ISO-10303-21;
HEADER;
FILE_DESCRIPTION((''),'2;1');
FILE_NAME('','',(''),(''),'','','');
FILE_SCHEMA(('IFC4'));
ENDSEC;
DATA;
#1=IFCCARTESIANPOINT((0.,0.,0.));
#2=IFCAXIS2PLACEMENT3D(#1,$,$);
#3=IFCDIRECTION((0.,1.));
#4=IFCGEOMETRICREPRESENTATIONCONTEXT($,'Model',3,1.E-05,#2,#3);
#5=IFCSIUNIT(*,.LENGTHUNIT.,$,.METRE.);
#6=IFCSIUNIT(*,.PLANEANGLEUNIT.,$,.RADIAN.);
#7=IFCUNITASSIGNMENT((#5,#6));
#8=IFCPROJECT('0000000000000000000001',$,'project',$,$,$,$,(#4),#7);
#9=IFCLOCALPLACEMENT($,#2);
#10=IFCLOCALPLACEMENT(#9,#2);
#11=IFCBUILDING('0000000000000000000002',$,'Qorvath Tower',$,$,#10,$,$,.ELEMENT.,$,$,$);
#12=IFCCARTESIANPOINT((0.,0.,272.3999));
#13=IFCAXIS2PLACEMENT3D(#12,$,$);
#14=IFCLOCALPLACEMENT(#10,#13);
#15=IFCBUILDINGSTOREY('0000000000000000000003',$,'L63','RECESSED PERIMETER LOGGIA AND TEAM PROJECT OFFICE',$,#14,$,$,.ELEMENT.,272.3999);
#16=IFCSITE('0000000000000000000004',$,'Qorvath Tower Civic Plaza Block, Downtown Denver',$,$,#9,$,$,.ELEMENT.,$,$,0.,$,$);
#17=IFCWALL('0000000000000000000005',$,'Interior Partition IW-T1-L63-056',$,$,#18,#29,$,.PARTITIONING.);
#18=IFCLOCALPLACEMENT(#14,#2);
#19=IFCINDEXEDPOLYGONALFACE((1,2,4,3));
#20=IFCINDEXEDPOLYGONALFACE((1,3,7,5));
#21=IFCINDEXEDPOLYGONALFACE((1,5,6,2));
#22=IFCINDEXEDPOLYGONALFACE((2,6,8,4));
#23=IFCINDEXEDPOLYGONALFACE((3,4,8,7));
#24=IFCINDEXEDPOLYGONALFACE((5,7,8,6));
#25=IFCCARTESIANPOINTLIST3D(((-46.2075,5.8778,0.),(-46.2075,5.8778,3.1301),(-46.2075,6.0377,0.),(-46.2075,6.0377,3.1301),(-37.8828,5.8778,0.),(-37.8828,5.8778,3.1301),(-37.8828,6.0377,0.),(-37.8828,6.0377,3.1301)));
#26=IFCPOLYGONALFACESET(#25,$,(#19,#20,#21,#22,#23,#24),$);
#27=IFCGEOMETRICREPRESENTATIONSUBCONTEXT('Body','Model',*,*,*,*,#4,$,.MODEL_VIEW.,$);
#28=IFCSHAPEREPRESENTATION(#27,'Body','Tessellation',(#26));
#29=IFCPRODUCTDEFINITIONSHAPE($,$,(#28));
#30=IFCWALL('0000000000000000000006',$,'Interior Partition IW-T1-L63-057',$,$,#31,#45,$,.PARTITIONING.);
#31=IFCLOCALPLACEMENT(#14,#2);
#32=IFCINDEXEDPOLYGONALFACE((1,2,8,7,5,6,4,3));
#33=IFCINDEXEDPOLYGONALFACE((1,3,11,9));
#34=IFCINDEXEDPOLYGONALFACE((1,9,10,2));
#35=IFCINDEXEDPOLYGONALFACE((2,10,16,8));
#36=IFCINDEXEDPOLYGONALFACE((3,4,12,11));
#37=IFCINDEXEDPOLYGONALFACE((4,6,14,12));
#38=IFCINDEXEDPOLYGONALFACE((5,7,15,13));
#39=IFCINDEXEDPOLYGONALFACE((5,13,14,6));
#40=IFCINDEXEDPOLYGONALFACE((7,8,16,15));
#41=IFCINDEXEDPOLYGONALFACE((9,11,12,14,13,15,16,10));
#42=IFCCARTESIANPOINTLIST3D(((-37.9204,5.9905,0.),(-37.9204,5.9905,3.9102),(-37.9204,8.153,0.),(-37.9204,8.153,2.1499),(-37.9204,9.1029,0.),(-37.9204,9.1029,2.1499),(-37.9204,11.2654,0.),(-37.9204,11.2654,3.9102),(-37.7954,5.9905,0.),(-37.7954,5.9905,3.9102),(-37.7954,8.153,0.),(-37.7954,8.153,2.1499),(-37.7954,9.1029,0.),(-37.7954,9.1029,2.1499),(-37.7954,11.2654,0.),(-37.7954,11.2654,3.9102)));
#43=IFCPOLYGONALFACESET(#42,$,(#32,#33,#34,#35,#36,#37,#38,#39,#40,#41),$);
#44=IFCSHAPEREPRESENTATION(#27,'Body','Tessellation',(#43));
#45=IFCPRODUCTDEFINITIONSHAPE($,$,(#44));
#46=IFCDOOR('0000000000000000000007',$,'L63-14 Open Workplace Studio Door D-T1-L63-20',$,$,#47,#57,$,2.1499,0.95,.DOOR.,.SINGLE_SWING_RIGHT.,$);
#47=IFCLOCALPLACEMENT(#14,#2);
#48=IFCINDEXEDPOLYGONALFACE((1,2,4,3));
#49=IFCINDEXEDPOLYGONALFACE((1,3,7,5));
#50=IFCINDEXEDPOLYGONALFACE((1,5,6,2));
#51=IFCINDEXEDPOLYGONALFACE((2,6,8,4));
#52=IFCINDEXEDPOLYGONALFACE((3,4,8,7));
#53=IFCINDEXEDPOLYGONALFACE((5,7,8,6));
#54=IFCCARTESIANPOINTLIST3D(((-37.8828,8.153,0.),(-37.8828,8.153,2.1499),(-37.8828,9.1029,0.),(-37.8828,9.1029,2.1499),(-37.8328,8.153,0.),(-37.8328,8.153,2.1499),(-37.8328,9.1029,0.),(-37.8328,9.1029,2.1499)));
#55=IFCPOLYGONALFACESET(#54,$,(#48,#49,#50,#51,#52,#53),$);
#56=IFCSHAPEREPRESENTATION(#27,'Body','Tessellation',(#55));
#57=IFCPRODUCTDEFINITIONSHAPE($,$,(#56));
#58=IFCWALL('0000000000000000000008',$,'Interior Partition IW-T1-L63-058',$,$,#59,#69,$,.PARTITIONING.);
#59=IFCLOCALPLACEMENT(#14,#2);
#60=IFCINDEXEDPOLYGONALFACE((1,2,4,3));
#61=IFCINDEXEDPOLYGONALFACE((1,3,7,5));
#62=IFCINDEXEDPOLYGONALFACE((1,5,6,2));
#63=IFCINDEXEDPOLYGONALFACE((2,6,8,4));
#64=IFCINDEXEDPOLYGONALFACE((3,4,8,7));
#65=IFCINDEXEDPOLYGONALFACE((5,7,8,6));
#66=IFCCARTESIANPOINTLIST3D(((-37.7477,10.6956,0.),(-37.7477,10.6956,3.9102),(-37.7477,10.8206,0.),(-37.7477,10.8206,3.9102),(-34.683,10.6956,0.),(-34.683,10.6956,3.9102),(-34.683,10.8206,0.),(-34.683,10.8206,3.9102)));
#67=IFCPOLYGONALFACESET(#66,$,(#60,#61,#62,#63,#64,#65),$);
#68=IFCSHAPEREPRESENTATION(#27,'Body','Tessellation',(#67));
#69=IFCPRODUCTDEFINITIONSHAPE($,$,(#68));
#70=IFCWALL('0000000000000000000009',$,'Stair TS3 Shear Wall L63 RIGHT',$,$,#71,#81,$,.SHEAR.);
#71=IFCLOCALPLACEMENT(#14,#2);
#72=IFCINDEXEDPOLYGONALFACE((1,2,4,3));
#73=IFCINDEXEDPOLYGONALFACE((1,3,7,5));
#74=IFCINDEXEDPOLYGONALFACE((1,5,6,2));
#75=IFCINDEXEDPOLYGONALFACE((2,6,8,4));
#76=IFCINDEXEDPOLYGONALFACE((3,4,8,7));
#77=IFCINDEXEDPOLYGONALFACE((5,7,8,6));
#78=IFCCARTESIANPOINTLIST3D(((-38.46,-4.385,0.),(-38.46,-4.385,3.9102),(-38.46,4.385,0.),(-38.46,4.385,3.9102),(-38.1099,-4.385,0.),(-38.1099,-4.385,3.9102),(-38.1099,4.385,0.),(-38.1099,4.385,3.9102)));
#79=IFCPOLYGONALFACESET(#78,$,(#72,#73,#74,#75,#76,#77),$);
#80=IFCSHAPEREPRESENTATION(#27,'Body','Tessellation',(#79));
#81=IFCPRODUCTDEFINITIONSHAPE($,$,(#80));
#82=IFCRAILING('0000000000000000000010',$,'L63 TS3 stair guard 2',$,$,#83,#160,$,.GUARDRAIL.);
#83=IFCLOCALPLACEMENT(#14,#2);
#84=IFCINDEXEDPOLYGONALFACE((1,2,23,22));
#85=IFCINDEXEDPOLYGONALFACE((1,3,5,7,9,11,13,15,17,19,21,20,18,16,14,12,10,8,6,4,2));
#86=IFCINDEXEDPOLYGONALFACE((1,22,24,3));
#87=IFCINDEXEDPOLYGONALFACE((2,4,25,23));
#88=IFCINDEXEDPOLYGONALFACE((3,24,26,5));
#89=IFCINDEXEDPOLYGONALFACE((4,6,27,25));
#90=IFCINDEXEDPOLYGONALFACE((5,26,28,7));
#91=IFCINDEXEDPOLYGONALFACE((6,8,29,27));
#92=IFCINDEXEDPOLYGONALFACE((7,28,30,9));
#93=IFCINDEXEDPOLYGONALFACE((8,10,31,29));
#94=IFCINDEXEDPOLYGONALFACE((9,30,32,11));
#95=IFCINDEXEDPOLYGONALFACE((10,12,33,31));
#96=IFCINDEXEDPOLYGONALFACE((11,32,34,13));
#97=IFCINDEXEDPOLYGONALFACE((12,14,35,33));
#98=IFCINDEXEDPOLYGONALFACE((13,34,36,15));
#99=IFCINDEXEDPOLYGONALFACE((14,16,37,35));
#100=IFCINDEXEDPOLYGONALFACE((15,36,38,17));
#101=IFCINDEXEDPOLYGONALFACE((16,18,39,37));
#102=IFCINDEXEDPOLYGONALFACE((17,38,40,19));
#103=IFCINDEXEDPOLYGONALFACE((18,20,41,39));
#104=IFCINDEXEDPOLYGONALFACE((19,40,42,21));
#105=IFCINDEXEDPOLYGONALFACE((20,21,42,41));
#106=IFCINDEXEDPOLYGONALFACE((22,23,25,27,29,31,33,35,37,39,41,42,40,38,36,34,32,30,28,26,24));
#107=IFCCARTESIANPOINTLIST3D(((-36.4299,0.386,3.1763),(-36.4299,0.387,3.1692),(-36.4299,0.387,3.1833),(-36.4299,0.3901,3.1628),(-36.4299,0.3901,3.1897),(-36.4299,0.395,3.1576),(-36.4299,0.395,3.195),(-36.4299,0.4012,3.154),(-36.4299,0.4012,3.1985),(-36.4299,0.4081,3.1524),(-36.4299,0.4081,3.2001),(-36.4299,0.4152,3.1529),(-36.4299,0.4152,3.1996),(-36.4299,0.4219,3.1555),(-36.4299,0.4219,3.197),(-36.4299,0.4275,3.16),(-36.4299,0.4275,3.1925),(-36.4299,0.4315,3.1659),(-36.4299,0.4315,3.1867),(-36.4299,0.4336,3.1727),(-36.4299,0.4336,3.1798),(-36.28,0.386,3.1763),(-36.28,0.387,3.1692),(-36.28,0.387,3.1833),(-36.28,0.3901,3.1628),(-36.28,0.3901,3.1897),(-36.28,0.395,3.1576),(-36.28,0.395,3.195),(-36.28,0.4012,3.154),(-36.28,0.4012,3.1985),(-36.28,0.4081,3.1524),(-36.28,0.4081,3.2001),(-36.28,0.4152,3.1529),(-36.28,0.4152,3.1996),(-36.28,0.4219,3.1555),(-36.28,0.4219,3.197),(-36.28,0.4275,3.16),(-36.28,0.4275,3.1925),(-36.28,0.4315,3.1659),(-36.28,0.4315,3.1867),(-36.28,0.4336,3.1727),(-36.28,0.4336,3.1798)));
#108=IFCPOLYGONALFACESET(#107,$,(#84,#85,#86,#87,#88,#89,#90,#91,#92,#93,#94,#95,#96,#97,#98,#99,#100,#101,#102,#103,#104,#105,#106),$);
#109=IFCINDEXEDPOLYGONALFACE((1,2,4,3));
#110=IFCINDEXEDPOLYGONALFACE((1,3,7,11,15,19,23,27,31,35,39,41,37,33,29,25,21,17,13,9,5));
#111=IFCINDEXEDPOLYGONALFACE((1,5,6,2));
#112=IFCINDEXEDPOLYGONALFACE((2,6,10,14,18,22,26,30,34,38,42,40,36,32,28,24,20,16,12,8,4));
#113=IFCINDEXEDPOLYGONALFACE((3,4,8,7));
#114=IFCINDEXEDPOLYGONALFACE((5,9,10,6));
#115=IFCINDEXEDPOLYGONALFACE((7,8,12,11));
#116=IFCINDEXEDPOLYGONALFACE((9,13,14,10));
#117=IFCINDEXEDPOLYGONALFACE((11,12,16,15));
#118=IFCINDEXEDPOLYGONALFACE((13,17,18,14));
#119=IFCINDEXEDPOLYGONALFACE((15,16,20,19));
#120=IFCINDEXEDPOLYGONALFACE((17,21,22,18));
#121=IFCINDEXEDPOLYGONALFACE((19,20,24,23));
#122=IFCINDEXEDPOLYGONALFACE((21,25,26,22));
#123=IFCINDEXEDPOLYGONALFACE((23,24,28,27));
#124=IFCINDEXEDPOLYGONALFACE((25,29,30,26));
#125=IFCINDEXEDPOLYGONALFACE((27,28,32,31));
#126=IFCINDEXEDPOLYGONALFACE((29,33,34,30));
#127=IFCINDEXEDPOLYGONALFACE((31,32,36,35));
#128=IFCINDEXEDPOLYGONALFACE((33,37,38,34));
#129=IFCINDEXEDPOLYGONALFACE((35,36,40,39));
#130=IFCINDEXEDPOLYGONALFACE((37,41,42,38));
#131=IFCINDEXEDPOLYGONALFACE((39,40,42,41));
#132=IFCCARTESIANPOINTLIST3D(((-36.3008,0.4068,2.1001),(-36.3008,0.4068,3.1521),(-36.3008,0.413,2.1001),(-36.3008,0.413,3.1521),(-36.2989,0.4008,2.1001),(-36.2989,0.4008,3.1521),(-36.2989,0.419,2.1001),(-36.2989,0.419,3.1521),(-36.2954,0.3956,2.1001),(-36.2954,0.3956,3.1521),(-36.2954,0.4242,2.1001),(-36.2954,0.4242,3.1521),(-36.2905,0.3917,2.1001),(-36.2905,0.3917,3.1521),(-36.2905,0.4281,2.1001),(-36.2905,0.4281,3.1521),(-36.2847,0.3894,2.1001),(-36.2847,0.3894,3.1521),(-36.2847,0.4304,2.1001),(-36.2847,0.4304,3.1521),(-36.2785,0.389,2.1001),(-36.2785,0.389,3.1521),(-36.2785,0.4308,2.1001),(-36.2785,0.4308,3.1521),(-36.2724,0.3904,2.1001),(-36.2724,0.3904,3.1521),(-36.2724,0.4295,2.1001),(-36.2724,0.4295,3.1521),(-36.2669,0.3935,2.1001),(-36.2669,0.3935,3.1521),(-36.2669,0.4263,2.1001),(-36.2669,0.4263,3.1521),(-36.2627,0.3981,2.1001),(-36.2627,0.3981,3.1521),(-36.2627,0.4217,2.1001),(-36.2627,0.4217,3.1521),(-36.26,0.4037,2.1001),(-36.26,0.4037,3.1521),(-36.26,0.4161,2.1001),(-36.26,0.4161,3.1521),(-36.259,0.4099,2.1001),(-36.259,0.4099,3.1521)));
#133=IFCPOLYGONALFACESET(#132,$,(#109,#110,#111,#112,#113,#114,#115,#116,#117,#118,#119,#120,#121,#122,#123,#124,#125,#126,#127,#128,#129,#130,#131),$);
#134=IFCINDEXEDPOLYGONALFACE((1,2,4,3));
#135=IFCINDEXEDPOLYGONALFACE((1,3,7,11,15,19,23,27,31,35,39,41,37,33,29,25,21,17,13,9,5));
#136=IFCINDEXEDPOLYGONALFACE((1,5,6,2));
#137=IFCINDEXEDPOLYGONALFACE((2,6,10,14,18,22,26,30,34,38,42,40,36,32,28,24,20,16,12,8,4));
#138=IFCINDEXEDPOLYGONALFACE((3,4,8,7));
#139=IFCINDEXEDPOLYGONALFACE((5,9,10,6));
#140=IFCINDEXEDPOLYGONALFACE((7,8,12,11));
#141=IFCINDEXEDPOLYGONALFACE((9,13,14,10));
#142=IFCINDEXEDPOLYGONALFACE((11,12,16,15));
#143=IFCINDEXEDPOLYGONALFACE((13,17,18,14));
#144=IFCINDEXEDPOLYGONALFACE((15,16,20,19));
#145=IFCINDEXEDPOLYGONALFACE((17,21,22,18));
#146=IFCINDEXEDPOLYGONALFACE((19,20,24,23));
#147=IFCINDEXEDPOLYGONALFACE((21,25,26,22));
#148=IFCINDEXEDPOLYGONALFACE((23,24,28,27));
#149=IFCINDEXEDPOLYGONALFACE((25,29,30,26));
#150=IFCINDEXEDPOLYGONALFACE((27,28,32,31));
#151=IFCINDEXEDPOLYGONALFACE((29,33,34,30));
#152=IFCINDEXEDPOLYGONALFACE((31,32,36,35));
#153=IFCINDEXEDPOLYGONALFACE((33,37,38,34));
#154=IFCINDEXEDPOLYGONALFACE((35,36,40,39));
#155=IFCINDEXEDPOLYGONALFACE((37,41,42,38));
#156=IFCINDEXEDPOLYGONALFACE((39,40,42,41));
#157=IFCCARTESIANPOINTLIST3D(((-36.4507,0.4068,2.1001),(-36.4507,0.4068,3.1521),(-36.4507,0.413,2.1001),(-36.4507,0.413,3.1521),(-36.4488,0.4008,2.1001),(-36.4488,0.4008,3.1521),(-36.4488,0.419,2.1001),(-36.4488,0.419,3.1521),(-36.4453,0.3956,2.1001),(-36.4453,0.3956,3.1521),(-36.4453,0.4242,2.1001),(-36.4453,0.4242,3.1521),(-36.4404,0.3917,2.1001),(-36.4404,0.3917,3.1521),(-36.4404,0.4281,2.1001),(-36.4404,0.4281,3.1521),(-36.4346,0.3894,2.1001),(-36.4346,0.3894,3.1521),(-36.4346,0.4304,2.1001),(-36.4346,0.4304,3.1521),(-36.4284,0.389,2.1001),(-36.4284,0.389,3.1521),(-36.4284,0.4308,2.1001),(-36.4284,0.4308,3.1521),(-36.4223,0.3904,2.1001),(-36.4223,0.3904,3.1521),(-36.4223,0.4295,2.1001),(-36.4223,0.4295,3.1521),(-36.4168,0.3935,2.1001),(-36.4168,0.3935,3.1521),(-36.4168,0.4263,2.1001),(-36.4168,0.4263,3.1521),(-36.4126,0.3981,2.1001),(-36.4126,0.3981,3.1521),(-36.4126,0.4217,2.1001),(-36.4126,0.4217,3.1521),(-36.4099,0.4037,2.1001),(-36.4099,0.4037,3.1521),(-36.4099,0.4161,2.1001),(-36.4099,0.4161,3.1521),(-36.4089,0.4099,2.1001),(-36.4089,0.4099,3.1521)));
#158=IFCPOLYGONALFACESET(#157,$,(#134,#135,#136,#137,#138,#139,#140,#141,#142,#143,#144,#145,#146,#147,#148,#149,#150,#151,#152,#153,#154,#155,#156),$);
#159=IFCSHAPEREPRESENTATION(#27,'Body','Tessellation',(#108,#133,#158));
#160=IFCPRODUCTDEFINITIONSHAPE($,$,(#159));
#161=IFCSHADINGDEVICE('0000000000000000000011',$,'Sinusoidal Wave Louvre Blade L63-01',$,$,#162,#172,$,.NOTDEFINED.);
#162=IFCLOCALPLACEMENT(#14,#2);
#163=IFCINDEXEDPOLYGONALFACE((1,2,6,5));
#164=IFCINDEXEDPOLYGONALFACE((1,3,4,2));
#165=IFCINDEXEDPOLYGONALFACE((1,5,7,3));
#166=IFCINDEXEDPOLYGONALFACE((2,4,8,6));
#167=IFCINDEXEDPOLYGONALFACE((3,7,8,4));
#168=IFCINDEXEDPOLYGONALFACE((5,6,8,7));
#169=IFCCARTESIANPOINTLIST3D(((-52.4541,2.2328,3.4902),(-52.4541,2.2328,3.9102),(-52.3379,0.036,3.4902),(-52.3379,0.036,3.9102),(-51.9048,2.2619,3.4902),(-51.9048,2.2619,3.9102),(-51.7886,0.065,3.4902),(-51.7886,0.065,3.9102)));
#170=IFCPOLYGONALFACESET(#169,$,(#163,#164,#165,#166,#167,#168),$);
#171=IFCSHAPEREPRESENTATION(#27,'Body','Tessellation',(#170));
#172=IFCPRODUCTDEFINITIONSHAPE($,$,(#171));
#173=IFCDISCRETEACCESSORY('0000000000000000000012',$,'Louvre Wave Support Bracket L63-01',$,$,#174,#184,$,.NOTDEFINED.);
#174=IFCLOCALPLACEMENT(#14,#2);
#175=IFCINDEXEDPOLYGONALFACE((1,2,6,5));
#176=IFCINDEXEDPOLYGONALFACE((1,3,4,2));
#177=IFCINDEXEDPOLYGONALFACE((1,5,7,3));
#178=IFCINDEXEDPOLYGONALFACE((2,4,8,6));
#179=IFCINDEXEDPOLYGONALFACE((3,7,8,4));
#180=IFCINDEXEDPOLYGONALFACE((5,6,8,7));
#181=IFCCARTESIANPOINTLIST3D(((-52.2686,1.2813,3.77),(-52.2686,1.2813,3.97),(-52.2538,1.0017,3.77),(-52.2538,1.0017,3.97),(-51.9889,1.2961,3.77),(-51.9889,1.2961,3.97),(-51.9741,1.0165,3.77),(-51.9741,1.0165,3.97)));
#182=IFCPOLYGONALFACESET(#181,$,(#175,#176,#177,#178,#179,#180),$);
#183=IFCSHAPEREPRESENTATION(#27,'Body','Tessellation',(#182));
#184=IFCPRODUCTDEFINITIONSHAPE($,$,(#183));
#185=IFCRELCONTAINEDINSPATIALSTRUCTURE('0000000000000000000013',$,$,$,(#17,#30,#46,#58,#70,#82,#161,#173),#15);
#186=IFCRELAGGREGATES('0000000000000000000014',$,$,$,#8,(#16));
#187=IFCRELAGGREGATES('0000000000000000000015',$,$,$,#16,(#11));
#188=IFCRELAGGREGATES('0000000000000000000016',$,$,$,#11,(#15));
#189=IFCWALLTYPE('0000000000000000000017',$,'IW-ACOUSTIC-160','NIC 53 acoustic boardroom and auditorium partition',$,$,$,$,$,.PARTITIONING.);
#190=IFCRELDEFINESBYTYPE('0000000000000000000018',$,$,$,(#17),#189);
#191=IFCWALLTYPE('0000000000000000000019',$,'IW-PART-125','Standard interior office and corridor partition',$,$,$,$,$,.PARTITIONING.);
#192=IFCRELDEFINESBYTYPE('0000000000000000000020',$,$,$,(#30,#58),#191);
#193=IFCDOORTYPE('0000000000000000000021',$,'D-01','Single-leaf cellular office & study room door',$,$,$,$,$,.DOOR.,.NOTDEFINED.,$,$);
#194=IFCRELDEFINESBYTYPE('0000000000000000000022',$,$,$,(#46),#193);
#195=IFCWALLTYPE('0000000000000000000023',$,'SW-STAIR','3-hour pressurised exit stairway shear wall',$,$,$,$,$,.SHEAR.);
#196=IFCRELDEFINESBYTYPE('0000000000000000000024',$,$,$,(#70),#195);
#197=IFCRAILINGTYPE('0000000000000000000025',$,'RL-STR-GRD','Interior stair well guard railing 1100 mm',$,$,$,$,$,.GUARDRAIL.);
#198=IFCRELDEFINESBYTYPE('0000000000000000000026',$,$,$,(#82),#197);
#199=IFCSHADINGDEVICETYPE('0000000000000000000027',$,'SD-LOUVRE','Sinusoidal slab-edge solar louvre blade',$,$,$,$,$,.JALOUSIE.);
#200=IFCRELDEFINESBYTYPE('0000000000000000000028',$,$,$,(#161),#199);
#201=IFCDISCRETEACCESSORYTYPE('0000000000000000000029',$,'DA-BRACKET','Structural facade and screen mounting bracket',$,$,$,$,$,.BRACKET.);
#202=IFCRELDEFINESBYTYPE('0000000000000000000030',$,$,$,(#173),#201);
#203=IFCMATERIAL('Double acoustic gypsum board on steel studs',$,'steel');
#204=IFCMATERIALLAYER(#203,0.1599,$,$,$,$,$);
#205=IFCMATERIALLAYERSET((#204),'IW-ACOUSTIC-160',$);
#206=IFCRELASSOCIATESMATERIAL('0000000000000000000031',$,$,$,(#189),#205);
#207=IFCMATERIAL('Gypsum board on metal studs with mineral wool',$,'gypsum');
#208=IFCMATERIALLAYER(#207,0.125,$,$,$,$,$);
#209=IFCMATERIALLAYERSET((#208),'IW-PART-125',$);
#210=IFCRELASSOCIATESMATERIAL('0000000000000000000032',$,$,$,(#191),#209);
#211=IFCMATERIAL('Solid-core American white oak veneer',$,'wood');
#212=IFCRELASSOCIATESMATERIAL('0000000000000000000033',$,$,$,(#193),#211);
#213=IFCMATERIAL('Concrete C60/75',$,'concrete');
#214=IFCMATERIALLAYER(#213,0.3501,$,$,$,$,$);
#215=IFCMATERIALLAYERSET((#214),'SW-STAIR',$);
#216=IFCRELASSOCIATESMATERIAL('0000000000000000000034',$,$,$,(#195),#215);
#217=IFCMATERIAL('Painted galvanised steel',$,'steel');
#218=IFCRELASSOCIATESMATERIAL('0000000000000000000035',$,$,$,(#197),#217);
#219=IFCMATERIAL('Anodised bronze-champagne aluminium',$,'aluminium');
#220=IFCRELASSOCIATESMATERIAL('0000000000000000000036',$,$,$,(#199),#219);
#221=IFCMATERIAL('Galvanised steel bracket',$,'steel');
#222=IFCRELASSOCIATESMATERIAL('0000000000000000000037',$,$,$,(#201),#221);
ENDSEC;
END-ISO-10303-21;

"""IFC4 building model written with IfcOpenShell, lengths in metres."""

from ifc_helpers import new_model, si_unit, direction, frame, frame_2d, origin, origin_2d, place, context, subcontext, project, spatial, rectangle, circle, extrude, material, layer, layer_set, type_object, element, fill, save


model = new_model("IFC4")

# Units and contexts
model_context = context("Model", 3, precision=1e-05, world=origin(), true_north=direction((0.0, 1.0)))
body_context = subcontext(model_context, "Body", "Model", "MODEL_VIEW")
ifc_project = project(units=[si_unit("LENGTHUNIT", "METRE"), si_unit("PLANEANGLEUNIT", "RADIAN")], contexts=[model_context])

# Site, building, storey
site_placement = place(None, origin())
site = spatial("IfcSite", under=ifc_project, at=site_placement, Name="Qorvath Tower Civic Plaza Block, Downtown Denver", CompositionType="ELEMENT", RefElevation=0.0)
building_placement = place(site_placement, origin())
building = spatial("IfcBuilding", under=site, at=building_placement, Name="Qorvath Tower", CompositionType="ELEMENT")
storey_placement = place(building_placement, frame((0.0, 0.0, 272.3999)))
storey = spatial("IfcBuildingStorey", under=building, at=storey_placement, Name="L63", Description="RECESSED PERIMETER LOGGIA AND TEAM PROJECT OFFICE", CompositionType="ELEMENT", Elevation=272.3999)

# Wall
ifc_material_1 = material(Name="Double acoustic gypsum board on steel studs", Category="steel")
ifc_layer_1 = layer(ifc_material_1, 0.1599)
ifc_layer_set_1 = layer_set([ifc_layer_1], Name="IW-ACOUSTIC-160")
wall_type_1 = type_object("IfcWallType", Name="IW-ACOUSTIC-160", Description="NIC 53 acoustic boardroom and auditorium partition", PredefinedType="PARTITIONING", material=ifc_layer_set_1)
wall_1_placement = place(storey_placement, frame((-37.8828, 5.9578, 0.0), z_axis=(0.0, 0.0, 1.0), x_axis=(-1.0, 0.0, 0.0)))
element("IfcWall", 1, at=wall_1_placement, inside=storey, type_object=wall_type_1, Name="Interior Partition IW-T1-L63-056", PredefinedType="PARTITIONING", context=body_context, shape_type="SweptSolid", body=[
    extrude(rectangle(XDim=8.3247, YDim=0.1599, at=frame_2d((4.1624, 0.0))), origin(), (0.0, 0.0, 1.0), 3.1301),
])

# Wall, opening, door
ifc_material_2 = material(Name="Gypsum board on metal studs with mineral wool", Category="gypsum")
ifc_layer_2 = layer(ifc_material_2, 0.125)
ifc_layer_set_2 = layer_set([ifc_layer_2], Name="IW-PART-125")
wall_type_2 = type_object("IfcWallType", Name="IW-PART-125", Description="Standard interior office and corridor partition", PredefinedType="PARTITIONING", material=ifc_layer_set_2)
wall_2_placement = place(storey_placement, frame((-37.8579, 5.9905, 0.0), z_axis=(0.0, 0.0, 1.0), x_axis=(0.0, 1.0, 0.0)))
wall_2 = element("IfcWall", 2, at=wall_2_placement, inside=storey, type_object=wall_type_2, Name="Interior Partition IW-T1-L63-057", PredefinedType="PARTITIONING", context=body_context, shape_type="SweptSolid", body=[
    extrude(rectangle(XDim=5.2749, YDim=0.125, at=frame_2d((2.6375, 0.0))), origin(), (0.0, 0.0, 1.0), 3.9102),
])
opening_placement = place(wall_2_placement, frame((2.1624, 0.0, 0.0)))
opening = element("IfcOpeningElement", 3, at=opening_placement, cuts=wall_2, PredefinedType="OPENING", context=body_context, shape_type="SweptSolid", body=[
    extrude(rectangle(XDim=0.95, YDim=2.1499, at=frame_2d((0.4751, 1.075))), frame((0.0, 0.0725, 0.0), z_axis=(0.0, -1.0, 0.0), x_axis=(1.0, 0.0, 0.0)), (0.0, 0.0, 1.0), 0.145),
])
ifc_material_3 = material(Name="Solid-core American white oak veneer", Category="wood")
door_type = type_object("IfcDoorType", Name="D-01", Description="Single-leaf cellular office & study room door", OperationType="NOTDEFINED", PredefinedType="DOOR", material=ifc_material_3)
door_placement = place(opening_placement, origin())
door = element("IfcDoor", 4, at=door_placement, inside=storey, type_object=door_type, Name="L63-14 Open Workplace Studio Door D-T1-L63-20", OperationType="SINGLE_SWING_RIGHT", OverallHeight=2.1499, OverallWidth=0.95, PredefinedType="DOOR", context=body_context, shape_type="SweptSolid", body=[
    extrude(rectangle(XDim=0.95, YDim=2.1499, at=frame_2d((0.4751, 1.075))), frame((0.0, 0.0249, 0.0), z_axis=(0.0, -1.0, 0.0), x_axis=(1.0, 0.0, 0.0)), (0.0, 0.0, 1.0), 0.05),
])
fill(opening, door)

# Walls
wall_3_placement = place(storey_placement, frame((-34.6831, 10.7581, 0.0), z_axis=(0.0, 0.0, 1.0), x_axis=(-1.0, 0.0, 0.0)))
element("IfcWall", 5, at=wall_3_placement, inside=storey, type_object=wall_type_2, Name="Interior Partition IW-T1-L63-058", PredefinedType="PARTITIONING", context=body_context, shape_type="SweptSolid", body=[
    extrude(rectangle(XDim=3.0647, YDim=0.125, at=frame_2d((1.5322, 0.0))), origin(), (0.0, 0.0, 1.0), 3.9102),
])
ifc_material_4 = material(Name="Concrete C60/75", Category="concrete")
ifc_layer_3 = layer(ifc_material_4, 0.3501)
ifc_layer_set_3 = layer_set([ifc_layer_3], Name="SW-STAIR")
wall_type_3 = type_object("IfcWallType", Name="SW-STAIR", Description="3-hour pressurised exit stairway shear wall", PredefinedType="SHEAR", material=ifc_layer_set_3)
wall_4_placement = place(storey_placement, frame((-38.2849, 4.385, 0.0), z_axis=(0.0, 0.0, 1.0), x_axis=(0.0, -1.0, 0.0)))
element("IfcWall", 6, at=wall_4_placement, inside=storey, type_object=wall_type_3, Name="Stair TS3 Shear Wall L63 RIGHT", PredefinedType="SHEAR", context=body_context, shape_type="SweptSolid", body=[
    extrude(rectangle(XDim=8.77, YDim=0.3501, at=frame_2d((4.385, 0.0))), origin(), (0.0, 0.0, 1.0), 3.9102),
])

# Railing
ifc_material_5 = material(Name="Painted galvanised steel", Category="steel")
railing_type = type_object("IfcRailingType", Name="RL-STR-GRD", Description="Interior stair well guard railing 1100 mm", PredefinedType="GUARDRAIL", material=ifc_material_5)
railing_placement = place(storey_placement, frame((-36.28, 0.4099, 2.1001)))
element("IfcRailing", 7, at=railing_placement, inside=storey, type_object=railing_type, Name="L63 TS3 stair guard 2", PredefinedType="GUARDRAIL", context=body_context, shape_type="SweptSolid", body=[
    extrude(circle(Radius=0.0239, at=origin_2d()), frame((0.0, 0.0, 1.0762), z_axis=(-1.0, 0.0, 0.0), x_axis=(0.0, -1.0, 0.0)), (0.0, 0.0, 1.0), 0.1499),
    extrude(circle(Radius=0.021, at=origin_2d()), origin(), (0.0, 0.0, 1.0), 1.052),
    extrude(circle(Radius=0.021, at=origin_2d()), frame((-0.1499, 0.0, 0.0)), (0.0, 0.0, 1.0), 1.052),
])

# Shading device
ifc_material_6 = material(Name="Anodised bronze-champagne aluminium", Category="aluminium")
shading_device_type = type_object("IfcShadingDeviceType", Name="SD-LOUVRE", Description="Sinusoidal slab-edge solar louvre blade", PredefinedType="JALOUSIE", material=ifc_material_6)
shading_device_placement = place(storey_placement, frame((-52.1213, 1.1489, 3.4902), z_axis=(0.0, 0.0, 1.0), x_axis=(0.052829, -0.998604, 0.0)))
element("IfcShadingDevice", 8, at=shading_device_placement, inside=storey, type_object=shading_device_type, Name="Sinusoidal Wave Louvre Blade L63-01", PredefinedType="NOTDEFINED", context=body_context, shape_type="SweptSolid", body=[
    extrude(rectangle(XDim=2.2, YDim=0.55, at=origin_2d()), origin(), (0.0, 0.0, 1.0), 0.4199),
])

# Discrete accessory
ifc_material_7 = material(Name="Galvanised steel bracket", Category="steel")
discrete_accessory_type = type_object("IfcDiscreteAccessoryType", Name="DA-BRACKET", Description="Structural facade and screen mounting bracket", PredefinedType="BRACKET", material=ifc_material_7)
discrete_accessory_placement = place(storey_placement, frame((-52.1213, 1.1489, 3.77), z_axis=(0.0, 0.0, 1.0), x_axis=(0.052829, -0.998604, 0.0)))
element("IfcDiscreteAccessory", 9, at=discrete_accessory_placement, inside=storey, type_object=discrete_accessory_type, Name="Louvre Wave Support Bracket L63-01", PredefinedType="NOTDEFINED", context=body_context, shape_type="SweptSolid", body=[
    extrude(rectangle(XDim=0.28, YDim=0.28, at=origin_2d()), origin(), (0.0, 0.0, 1.0), 0.2),
])

save(model, "model.ifc")
